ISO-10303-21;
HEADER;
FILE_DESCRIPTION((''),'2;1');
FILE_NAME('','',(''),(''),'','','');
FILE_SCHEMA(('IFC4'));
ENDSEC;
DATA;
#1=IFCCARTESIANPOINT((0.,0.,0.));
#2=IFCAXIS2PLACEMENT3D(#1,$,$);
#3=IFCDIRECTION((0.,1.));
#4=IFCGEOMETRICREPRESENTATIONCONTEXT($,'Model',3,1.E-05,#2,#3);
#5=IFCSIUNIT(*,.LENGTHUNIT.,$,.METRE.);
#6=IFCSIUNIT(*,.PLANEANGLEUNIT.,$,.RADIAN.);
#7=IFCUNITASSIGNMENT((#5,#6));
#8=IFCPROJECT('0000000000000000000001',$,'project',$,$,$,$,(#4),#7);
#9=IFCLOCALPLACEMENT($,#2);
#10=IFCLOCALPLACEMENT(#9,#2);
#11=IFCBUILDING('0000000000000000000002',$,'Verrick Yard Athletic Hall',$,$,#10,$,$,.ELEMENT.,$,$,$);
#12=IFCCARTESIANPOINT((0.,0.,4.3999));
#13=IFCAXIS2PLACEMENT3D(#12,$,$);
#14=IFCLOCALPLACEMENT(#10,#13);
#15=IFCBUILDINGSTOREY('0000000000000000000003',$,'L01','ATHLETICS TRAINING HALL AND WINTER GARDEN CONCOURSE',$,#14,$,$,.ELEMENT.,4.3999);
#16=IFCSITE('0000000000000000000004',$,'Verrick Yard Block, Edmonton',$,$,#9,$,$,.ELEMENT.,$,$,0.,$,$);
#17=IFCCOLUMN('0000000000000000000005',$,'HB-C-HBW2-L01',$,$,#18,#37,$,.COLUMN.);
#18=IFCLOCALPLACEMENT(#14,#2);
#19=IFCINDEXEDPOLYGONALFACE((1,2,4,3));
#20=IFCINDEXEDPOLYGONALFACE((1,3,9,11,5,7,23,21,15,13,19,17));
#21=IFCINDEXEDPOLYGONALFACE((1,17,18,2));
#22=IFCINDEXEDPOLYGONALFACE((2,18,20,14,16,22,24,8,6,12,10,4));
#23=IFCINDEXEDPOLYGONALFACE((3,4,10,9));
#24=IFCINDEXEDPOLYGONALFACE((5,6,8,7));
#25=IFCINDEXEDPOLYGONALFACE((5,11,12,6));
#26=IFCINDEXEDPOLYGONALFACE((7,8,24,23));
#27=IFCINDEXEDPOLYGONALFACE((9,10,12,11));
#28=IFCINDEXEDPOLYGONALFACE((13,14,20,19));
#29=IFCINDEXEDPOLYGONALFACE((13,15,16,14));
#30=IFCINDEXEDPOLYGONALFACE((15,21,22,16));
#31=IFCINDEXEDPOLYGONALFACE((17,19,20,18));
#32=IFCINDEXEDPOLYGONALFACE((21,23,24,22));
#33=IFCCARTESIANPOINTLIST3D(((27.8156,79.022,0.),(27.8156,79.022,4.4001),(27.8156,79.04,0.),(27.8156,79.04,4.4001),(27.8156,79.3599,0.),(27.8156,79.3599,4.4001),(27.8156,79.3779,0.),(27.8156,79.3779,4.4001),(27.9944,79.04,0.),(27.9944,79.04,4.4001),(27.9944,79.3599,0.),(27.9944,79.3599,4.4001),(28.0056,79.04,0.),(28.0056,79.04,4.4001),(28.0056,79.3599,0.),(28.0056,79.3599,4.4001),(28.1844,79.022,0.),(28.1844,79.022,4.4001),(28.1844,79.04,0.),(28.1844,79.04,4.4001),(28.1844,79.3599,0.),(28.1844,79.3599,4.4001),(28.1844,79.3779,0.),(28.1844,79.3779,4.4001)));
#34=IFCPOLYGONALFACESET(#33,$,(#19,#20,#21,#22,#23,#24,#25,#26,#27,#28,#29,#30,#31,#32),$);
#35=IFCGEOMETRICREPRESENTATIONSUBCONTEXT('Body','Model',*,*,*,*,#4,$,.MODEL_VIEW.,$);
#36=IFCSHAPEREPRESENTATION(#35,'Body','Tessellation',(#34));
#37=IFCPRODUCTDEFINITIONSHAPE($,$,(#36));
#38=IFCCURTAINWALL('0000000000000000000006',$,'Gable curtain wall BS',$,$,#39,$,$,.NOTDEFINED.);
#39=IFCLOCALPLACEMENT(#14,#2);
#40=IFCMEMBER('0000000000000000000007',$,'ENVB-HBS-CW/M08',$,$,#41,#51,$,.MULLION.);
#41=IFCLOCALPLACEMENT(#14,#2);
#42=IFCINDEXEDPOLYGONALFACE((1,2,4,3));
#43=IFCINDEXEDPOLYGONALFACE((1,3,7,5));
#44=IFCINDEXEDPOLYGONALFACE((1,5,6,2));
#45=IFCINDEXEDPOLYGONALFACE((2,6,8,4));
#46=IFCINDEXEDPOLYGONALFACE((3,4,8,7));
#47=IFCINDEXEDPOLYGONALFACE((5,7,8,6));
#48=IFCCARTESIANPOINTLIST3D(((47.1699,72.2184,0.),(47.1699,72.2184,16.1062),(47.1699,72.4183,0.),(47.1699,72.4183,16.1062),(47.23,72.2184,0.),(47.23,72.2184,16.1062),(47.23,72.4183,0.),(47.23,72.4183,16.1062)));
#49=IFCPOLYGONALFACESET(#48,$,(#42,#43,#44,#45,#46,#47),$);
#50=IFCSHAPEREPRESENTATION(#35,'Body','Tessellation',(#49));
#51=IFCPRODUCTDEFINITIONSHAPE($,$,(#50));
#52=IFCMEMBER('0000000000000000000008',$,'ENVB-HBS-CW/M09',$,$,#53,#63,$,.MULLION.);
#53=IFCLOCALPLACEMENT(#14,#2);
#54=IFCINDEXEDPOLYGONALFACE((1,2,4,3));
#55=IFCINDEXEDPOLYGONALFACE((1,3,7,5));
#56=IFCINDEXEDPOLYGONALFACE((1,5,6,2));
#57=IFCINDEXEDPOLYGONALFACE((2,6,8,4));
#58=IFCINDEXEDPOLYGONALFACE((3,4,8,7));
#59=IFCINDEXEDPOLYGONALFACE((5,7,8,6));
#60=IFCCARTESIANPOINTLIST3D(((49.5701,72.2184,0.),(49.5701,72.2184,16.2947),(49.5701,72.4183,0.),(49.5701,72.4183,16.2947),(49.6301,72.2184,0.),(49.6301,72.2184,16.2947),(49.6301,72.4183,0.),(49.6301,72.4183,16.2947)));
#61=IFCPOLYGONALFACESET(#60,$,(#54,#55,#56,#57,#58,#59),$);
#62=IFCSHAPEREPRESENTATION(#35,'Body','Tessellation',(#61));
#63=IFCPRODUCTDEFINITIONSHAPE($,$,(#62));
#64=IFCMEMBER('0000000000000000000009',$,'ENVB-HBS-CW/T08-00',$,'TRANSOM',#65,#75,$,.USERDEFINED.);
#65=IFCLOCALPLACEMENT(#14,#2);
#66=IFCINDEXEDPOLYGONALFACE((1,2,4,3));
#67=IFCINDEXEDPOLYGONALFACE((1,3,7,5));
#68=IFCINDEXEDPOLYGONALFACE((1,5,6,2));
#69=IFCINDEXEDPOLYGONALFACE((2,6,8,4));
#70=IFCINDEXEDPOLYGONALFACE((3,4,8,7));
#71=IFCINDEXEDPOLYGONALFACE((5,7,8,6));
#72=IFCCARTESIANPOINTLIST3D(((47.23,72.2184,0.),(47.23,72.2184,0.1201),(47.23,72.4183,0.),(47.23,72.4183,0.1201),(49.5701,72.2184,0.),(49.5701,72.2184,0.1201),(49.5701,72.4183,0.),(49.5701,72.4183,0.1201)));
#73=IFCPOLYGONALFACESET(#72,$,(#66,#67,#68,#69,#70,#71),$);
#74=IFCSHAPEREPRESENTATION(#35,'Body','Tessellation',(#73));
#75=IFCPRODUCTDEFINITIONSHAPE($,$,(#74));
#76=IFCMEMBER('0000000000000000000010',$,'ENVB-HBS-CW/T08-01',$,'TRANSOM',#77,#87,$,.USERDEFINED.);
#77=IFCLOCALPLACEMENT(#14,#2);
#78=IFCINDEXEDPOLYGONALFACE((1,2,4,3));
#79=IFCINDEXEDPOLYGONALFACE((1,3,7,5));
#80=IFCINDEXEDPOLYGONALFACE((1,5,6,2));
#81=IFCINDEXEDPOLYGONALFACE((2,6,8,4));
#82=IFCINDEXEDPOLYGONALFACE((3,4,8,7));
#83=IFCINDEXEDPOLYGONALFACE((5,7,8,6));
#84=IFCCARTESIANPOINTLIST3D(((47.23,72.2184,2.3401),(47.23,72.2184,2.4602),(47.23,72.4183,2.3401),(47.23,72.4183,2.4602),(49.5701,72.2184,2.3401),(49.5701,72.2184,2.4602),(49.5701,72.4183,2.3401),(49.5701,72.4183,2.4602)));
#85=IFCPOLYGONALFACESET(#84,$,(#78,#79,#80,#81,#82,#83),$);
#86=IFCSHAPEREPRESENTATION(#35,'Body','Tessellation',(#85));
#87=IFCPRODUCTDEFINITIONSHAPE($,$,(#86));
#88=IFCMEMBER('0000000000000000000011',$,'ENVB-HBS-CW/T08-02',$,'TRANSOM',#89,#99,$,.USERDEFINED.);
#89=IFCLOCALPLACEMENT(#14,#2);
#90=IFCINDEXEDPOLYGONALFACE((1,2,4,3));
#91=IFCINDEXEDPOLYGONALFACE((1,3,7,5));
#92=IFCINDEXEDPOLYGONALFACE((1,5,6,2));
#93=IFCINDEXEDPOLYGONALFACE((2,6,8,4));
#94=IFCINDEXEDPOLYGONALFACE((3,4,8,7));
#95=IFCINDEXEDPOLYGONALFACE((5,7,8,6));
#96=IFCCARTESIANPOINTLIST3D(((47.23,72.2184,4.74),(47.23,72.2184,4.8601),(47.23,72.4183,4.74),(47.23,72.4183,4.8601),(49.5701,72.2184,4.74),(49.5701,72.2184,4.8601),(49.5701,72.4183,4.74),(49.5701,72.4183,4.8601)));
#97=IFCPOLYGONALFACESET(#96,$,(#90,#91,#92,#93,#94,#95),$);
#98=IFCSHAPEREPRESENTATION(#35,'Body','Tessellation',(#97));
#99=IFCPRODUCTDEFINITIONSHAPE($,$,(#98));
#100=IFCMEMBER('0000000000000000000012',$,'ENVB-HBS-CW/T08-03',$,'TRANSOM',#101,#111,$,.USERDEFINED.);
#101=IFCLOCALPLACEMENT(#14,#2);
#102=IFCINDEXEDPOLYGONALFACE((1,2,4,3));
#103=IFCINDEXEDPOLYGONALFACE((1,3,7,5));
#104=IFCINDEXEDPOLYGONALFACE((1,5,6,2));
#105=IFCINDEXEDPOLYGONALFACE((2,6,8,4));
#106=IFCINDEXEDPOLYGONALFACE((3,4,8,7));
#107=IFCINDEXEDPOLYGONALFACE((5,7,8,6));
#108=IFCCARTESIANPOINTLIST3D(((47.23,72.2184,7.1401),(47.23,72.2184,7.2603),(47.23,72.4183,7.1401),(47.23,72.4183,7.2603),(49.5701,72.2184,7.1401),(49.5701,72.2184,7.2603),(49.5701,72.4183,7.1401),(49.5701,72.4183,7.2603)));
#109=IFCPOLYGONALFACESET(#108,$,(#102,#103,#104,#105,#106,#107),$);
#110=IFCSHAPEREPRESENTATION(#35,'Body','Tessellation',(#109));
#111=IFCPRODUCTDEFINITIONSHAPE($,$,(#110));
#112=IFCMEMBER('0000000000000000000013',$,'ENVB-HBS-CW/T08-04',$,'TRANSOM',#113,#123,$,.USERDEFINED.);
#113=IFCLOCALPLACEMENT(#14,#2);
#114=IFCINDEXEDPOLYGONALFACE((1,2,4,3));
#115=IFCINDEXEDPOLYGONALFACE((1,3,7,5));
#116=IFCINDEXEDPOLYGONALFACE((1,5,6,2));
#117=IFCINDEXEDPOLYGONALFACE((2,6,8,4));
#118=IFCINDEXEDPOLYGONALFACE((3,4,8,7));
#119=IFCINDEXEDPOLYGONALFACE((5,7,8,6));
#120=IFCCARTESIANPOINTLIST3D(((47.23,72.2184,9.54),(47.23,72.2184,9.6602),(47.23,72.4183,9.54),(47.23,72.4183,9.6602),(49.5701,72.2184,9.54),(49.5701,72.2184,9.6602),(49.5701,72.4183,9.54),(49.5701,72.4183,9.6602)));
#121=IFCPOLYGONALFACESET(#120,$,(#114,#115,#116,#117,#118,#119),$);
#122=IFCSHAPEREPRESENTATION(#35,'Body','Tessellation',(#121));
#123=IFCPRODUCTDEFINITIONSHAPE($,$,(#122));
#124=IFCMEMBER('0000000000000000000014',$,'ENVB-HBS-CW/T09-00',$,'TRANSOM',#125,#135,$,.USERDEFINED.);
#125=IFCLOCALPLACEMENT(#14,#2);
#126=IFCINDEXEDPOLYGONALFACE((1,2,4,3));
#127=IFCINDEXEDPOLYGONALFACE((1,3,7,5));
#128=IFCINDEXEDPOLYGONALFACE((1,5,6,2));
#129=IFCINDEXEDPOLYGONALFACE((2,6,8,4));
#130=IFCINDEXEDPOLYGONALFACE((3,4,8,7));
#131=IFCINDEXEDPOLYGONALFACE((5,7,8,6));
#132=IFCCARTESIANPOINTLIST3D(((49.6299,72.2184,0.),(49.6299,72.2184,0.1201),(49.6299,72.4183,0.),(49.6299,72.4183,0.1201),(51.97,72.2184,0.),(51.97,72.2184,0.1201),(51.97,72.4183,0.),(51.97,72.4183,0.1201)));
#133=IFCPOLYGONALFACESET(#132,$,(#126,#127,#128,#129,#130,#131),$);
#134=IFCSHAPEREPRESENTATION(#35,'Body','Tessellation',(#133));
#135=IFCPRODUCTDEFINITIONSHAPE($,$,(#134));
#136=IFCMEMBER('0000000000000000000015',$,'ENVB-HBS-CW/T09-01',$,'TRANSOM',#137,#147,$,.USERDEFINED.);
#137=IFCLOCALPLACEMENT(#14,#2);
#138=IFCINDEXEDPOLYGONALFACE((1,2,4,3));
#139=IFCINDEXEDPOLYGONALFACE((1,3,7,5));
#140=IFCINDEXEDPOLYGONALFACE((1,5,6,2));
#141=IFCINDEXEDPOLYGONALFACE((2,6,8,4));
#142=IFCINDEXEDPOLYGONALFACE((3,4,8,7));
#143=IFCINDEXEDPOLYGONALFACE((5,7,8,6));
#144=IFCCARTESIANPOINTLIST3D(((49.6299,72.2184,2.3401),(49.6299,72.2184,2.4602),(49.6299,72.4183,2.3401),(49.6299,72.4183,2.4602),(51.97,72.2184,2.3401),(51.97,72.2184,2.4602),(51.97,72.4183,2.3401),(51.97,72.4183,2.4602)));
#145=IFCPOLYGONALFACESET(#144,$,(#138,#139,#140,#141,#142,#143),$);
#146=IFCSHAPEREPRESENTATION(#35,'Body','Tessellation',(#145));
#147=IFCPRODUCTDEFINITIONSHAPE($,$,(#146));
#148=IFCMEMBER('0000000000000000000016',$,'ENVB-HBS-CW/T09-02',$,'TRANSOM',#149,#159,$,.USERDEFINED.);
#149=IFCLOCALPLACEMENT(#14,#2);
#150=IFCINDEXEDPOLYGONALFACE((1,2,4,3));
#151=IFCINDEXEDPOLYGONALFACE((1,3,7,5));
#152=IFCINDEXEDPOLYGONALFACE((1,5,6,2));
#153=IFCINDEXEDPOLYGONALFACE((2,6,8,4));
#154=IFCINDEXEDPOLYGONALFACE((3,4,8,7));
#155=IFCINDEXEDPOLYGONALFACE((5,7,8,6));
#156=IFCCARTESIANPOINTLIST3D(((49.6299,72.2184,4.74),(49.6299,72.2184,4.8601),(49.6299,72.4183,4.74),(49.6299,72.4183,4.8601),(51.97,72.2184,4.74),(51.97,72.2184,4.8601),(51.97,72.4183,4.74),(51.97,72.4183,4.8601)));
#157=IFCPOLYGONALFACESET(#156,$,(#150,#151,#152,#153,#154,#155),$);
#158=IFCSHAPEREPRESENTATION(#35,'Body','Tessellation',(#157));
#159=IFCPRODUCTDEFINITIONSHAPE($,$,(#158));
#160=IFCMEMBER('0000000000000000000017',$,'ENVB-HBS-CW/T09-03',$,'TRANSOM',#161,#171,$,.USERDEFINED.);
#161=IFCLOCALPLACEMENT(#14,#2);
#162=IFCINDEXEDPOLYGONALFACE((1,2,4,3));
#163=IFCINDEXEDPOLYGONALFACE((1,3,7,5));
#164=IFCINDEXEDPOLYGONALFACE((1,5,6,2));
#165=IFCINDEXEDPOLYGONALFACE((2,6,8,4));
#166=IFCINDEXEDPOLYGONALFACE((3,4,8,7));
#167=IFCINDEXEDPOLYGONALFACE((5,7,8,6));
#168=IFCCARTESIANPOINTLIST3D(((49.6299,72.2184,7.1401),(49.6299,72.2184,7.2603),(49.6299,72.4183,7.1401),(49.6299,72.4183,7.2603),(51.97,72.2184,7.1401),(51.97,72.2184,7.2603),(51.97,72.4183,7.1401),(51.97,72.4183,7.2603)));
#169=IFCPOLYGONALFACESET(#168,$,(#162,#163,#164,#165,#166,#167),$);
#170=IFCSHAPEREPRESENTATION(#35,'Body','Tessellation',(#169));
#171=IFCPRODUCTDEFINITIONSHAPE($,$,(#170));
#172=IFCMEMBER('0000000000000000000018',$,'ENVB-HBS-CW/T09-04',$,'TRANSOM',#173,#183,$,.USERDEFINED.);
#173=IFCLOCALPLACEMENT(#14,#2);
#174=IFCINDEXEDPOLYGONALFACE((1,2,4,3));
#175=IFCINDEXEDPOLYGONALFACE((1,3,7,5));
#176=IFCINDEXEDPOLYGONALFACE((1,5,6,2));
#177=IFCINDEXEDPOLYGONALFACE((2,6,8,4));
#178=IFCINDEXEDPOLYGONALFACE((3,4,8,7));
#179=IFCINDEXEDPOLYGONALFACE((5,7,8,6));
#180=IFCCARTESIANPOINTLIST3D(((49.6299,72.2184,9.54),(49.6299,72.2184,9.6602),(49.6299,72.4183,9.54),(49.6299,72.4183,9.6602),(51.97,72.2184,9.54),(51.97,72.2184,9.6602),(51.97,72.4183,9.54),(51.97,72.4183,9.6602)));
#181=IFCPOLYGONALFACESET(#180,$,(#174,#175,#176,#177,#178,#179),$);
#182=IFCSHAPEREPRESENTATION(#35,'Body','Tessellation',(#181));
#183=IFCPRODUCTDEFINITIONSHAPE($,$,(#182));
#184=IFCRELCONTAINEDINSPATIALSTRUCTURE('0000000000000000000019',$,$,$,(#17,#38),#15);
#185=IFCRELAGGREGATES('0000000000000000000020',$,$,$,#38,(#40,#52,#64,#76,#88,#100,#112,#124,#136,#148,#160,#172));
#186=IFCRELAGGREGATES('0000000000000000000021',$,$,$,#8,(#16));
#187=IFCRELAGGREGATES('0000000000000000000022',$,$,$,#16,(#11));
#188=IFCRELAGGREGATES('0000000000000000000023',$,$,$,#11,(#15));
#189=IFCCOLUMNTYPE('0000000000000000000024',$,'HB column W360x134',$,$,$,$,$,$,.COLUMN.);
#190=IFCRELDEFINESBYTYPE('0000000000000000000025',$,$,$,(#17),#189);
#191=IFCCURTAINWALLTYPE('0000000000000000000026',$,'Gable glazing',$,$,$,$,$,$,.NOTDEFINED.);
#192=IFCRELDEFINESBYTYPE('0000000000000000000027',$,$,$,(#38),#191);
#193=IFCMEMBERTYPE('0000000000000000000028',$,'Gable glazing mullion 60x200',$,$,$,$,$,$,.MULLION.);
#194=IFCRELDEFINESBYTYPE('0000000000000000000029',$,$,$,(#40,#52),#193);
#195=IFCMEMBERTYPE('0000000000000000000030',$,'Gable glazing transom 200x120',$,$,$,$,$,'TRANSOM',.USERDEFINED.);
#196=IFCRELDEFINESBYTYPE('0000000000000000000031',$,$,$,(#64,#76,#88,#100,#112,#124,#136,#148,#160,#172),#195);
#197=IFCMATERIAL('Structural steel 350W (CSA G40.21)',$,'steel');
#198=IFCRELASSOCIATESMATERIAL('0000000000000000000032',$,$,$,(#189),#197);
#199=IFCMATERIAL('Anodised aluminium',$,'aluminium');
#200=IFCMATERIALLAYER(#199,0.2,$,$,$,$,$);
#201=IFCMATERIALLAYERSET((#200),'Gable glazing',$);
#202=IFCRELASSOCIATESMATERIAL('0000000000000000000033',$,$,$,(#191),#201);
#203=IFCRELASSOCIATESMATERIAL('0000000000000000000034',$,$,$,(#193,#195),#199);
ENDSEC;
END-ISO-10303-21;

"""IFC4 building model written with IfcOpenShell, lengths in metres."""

from ifc_helpers import new_model, si_unit, direction, frame, origin, origin_2d, place, context, subcontext, project, spatial, rectangle, i_section, extrude, material, layer, layer_set, material_profile, profile_set, type_object, element, aggregate, save


model = new_model("IFC4")

# Units and contexts
model_context = context("Model", 3, precision=1e-05, world=origin(), true_north=direction((0.0, 1.0)))
body_context = subcontext(model_context, "Body", "Model", "MODEL_VIEW")
ifc_project = project(units=[si_unit("LENGTHUNIT", "METRE"), si_unit("PLANEANGLEUNIT", "RADIAN")], contexts=[model_context])

# Site, building, storey
site_placement = place(None, origin())
site = spatial("IfcSite", under=ifc_project, at=site_placement, Name="Verrick Yard Block, Edmonton", CompositionType="ELEMENT", RefElevation=0.0)
building_placement = place(site_placement, origin())
building = spatial("IfcBuilding", under=site, at=building_placement, Name="Verrick Yard Athletic Hall", CompositionType="ELEMENT")
storey_placement = place(building_placement, frame((0.0, 0.0, 4.3999)))
storey = spatial("IfcBuildingStorey", under=building, at=storey_placement, Name="L01", Description="ATHLETICS TRAINING HALL AND WINTER GARDEN CONCOURSE", CompositionType="ELEMENT", Elevation=4.3999)

# Column
ifc_material_1 = material(Name="Structural steel 350W (CSA G40.21)", Category="steel")
ifc_material_profile_1 = material_profile(ifc_material_1, i_section(OverallWidth=0.3689, OverallDepth=0.356, WebThickness=0.0112, FlangeThickness=0.0181, at=origin_2d()), Name="W360x134")
ifc_profile_set_1 = profile_set([ifc_material_profile_1], Name="Structural steel 350W (CSA G40.21)")
column_type = type_object("IfcColumnType", Name="HB column W360x134", PredefinedType="COLUMN", material=ifc_profile_set_1)
column_placement = place(storey_placement, frame((28.0, 79.2, 0.0), z_axis=(0.0, 0.0, 1.0), x_axis=(1.0, 0.0, 0.0)))
element("IfcColumn", 1, at=column_placement, inside=storey, type_object=column_type, Name="HB-C-HBW2-L01", PredefinedType="COLUMN", context=body_context, shape_type="SweptSolid", body=[
    extrude(i_section(OverallWidth=0.3689, OverallDepth=0.356, WebThickness=0.0112, FlangeThickness=0.0181, at=origin_2d()), origin(), (0.0, 0.0, 1.0), 4.4001),
])

# Curtain wall, members
ifc_material_2 = material(Name="Anodised aluminium", Category="aluminium")
ifc_layer_1 = layer(ifc_material_2, 0.2)
ifc_layer_set_1 = layer_set([ifc_layer_1], Name="Gable glazing")
curtain_wall_type = type_object("IfcCurtainWallType", Name="Gable glazing", PredefinedType="NOTDEFINED", material=ifc_layer_set_1)
curtain_wall_placement = place(storey_placement, origin())
curtain_wall = element("IfcCurtainWall", 2, at=curtain_wall_placement, inside=storey, type_object=curtain_wall_type, Name="Gable curtain wall BS", PredefinedType="NOTDEFINED")
ifc_material_profile_2 = material_profile(ifc_material_2, rectangle(XDim=0.2, YDim=0.0601, at=origin_2d()), Name="CW gable mullion 60x200")
ifc_profile_set_2 = profile_set([ifc_material_profile_2], Name="Anodised aluminium")
member_type_1 = type_object("IfcMemberType", Name="Gable glazing mullion 60x200", PredefinedType="MULLION", material=ifc_profile_set_2)
member_1_placement = place(storey_placement, frame((47.2, 72.3184, 0.0), z_axis=(0.0, 0.0, 1.0), x_axis=(0.0, 1.0, 0.0)))
member_1 = element("IfcMember", 3, at=member_1_placement, type_object=member_type_1, Name="ENVB-HBS-CW/M08", PredefinedType="MULLION", context=body_context, shape_type="SweptSolid", body=[
    extrude(rectangle(XDim=0.2, YDim=0.0601, at=origin_2d()), origin(), (0.0, 0.0, 1.0), 16.1062),
])
member_2_placement = place(storey_placement, frame((49.6001, 72.3184, 0.0), z_axis=(0.0, 0.0, 1.0), x_axis=(0.0, 1.0, 0.0)))
member_2 = element("IfcMember", 4, at=member_2_placement, type_object=member_type_1, Name="ENVB-HBS-CW/M09", PredefinedType="MULLION", context=body_context, shape_type="SweptSolid", body=[
    extrude(rectangle(XDim=0.2, YDim=0.0601, at=origin_2d()), origin(), (0.0, 0.0, 1.0), 16.2947),
])
ifc_material_profile_3 = material_profile(ifc_material_2, rectangle(XDim=0.2, YDim=0.1201, at=origin_2d()), Name="CW gable transom 200x120")
ifc_profile_set_3 = profile_set([ifc_material_profile_3], Name="Anodised aluminium")
member_type_2 = type_object("IfcMemberType", Name="Gable glazing transom 200x120", ElementType="TRANSOM", PredefinedType="USERDEFINED", material=ifc_profile_set_3)
member_3_placement = place(storey_placement, frame((47.23, 72.3184, 0.0601), z_axis=(1.0, 0.0, 0.0), x_axis=(0.0, 1.0, 0.0)))
member_3 = element("IfcMember", 5, at=member_3_placement, type_object=member_type_2, Name="ENVB-HBS-CW/T08-00", ObjectType="TRANSOM", PredefinedType="USERDEFINED", context=body_context, shape_type="SweptSolid", body=[
    extrude(rectangle(XDim=0.2, YDim=0.1201, at=origin_2d()), origin(), (0.0, 0.0, 1.0), 2.3401),
])
member_4_placement = place(storey_placement, frame((47.23, 72.3184, 2.4001), z_axis=(1.0, 0.0, 0.0), x_axis=(0.0, 1.0, 0.0)))
member_4 = element("IfcMember", 6, at=member_4_placement, type_object=member_type_2, Name="ENVB-HBS-CW/T08-01", ObjectType="TRANSOM", PredefinedType="USERDEFINED", context=body_context, shape_type="SweptSolid", body=[
    extrude(rectangle(XDim=0.2, YDim=0.1201, at=origin_2d()), origin(), (0.0, 0.0, 1.0), 2.3401),
])
member_5_placement = place(storey_placement, frame((47.23, 72.3184, 4.8), z_axis=(1.0, 0.0, 0.0), x_axis=(0.0, 1.0, 0.0)))
member_5 = element("IfcMember", 7, at=member_5_placement, type_object=member_type_2, Name="ENVB-HBS-CW/T08-02", ObjectType="TRANSOM", PredefinedType="USERDEFINED", context=body_context, shape_type="SweptSolid", body=[
    extrude(rectangle(XDim=0.2, YDim=0.1201, at=origin_2d()), origin(), (0.0, 0.0, 1.0), 2.3401),
])
member_6_placement = place(storey_placement, frame((47.23, 72.3184, 7.2002), z_axis=(1.0, 0.0, 0.0), x_axis=(0.0, 1.0, 0.0)))
member_6 = element("IfcMember", 8, at=member_6_placement, type_object=member_type_2, Name="ENVB-HBS-CW/T08-03", ObjectType="TRANSOM", PredefinedType="USERDEFINED", context=body_context, shape_type="SweptSolid", body=[
    extrude(rectangle(XDim=0.2, YDim=0.1201, at=origin_2d()), origin(), (0.0, 0.0, 1.0), 2.3401),
])
member_7_placement = place(storey_placement, frame((47.23, 72.3184, 9.6001), z_axis=(1.0, 0.0, 0.0), x_axis=(0.0, 1.0, 0.0)))
member_7 = element("IfcMember", 9, at=member_7_placement, type_object=member_type_2, Name="ENVB-HBS-CW/T08-04", ObjectType="TRANSOM", PredefinedType="USERDEFINED", context=body_context, shape_type="SweptSolid", body=[
    extrude(rectangle(XDim=0.2, YDim=0.1201, at=origin_2d()), origin(), (0.0, 0.0, 1.0), 2.3401),
])
member_8_placement = place(storey_placement, frame((49.6299, 72.3184, 0.0601), z_axis=(1.0, 0.0, 0.0), x_axis=(0.0, 1.0, 0.0)))
member_8 = element("IfcMember", 10, at=member_8_placement, type_object=member_type_2, Name="ENVB-HBS-CW/T09-00", ObjectType="TRANSOM", PredefinedType="USERDEFINED", context=body_context, shape_type="SweptSolid", body=[
    extrude(rectangle(XDim=0.2, YDim=0.1201, at=origin_2d()), origin(), (0.0, 0.0, 1.0), 2.3401),
])
member_9_placement = place(storey_placement, frame((49.6299, 72.3184, 2.4001), z_axis=(1.0, 0.0, 0.0), x_axis=(0.0, 1.0, 0.0)))
member_9 = element("IfcMember", 11, at=member_9_placement, type_object=member_type_2, Name="ENVB-HBS-CW/T09-01", ObjectType="TRANSOM", PredefinedType="USERDEFINED", context=body_context, shape_type="SweptSolid", body=[
    extrude(rectangle(XDim=0.2, YDim=0.1201, at=origin_2d()), origin(), (0.0, 0.0, 1.0), 2.3401),
])
member_10_placement = place(storey_placement, frame((49.6299, 72.3184, 4.8), z_axis=(1.0, 0.0, 0.0), x_axis=(0.0, 1.0, 0.0)))
member_10 = element("IfcMember", 12, at=member_10_placement, type_object=member_type_2, Name="ENVB-HBS-CW/T09-02", ObjectType="TRANSOM", PredefinedType="USERDEFINED", context=body_context, shape_type="SweptSolid", body=[
    extrude(rectangle(XDim=0.2, YDim=0.1201, at=origin_2d()), origin(), (0.0, 0.0, 1.0), 2.3401),
])
member_11_placement = place(storey_placement, frame((49.6299, 72.3184, 7.2002), z_axis=(1.0, 0.0, 0.0), x_axis=(0.0, 1.0, 0.0)))
member_11 = element("IfcMember", 13, at=member_11_placement, type_object=member_type_2, Name="ENVB-HBS-CW/T09-03", ObjectType="TRANSOM", PredefinedType="USERDEFINED", context=body_context, shape_type="SweptSolid", body=[
    extrude(rectangle(XDim=0.2, YDim=0.1201, at=origin_2d()), origin(), (0.0, 0.0, 1.0), 2.3401),
])
member_12_placement = place(storey_placement, frame((49.6299, 72.3184, 9.6001), z_axis=(1.0, 0.0, 0.0), x_axis=(0.0, 1.0, 0.0)))
member_12 = element("IfcMember", 14, at=member_12_placement, type_object=member_type_2, Name="ENVB-HBS-CW/T09-04", ObjectType="TRANSOM", PredefinedType="USERDEFINED", context=body_context, shape_type="SweptSolid", body=[
    extrude(rectangle(XDim=0.2, YDim=0.1201, at=origin_2d()), origin(), (0.0, 0.0, 1.0), 2.3401),
])

aggregate(curtain_wall, [member_1, member_2, member_3, member_4, member_5, member_6, member_7, member_8, member_9, member_10, member_11, member_12])

save(model, "model.ifc")
